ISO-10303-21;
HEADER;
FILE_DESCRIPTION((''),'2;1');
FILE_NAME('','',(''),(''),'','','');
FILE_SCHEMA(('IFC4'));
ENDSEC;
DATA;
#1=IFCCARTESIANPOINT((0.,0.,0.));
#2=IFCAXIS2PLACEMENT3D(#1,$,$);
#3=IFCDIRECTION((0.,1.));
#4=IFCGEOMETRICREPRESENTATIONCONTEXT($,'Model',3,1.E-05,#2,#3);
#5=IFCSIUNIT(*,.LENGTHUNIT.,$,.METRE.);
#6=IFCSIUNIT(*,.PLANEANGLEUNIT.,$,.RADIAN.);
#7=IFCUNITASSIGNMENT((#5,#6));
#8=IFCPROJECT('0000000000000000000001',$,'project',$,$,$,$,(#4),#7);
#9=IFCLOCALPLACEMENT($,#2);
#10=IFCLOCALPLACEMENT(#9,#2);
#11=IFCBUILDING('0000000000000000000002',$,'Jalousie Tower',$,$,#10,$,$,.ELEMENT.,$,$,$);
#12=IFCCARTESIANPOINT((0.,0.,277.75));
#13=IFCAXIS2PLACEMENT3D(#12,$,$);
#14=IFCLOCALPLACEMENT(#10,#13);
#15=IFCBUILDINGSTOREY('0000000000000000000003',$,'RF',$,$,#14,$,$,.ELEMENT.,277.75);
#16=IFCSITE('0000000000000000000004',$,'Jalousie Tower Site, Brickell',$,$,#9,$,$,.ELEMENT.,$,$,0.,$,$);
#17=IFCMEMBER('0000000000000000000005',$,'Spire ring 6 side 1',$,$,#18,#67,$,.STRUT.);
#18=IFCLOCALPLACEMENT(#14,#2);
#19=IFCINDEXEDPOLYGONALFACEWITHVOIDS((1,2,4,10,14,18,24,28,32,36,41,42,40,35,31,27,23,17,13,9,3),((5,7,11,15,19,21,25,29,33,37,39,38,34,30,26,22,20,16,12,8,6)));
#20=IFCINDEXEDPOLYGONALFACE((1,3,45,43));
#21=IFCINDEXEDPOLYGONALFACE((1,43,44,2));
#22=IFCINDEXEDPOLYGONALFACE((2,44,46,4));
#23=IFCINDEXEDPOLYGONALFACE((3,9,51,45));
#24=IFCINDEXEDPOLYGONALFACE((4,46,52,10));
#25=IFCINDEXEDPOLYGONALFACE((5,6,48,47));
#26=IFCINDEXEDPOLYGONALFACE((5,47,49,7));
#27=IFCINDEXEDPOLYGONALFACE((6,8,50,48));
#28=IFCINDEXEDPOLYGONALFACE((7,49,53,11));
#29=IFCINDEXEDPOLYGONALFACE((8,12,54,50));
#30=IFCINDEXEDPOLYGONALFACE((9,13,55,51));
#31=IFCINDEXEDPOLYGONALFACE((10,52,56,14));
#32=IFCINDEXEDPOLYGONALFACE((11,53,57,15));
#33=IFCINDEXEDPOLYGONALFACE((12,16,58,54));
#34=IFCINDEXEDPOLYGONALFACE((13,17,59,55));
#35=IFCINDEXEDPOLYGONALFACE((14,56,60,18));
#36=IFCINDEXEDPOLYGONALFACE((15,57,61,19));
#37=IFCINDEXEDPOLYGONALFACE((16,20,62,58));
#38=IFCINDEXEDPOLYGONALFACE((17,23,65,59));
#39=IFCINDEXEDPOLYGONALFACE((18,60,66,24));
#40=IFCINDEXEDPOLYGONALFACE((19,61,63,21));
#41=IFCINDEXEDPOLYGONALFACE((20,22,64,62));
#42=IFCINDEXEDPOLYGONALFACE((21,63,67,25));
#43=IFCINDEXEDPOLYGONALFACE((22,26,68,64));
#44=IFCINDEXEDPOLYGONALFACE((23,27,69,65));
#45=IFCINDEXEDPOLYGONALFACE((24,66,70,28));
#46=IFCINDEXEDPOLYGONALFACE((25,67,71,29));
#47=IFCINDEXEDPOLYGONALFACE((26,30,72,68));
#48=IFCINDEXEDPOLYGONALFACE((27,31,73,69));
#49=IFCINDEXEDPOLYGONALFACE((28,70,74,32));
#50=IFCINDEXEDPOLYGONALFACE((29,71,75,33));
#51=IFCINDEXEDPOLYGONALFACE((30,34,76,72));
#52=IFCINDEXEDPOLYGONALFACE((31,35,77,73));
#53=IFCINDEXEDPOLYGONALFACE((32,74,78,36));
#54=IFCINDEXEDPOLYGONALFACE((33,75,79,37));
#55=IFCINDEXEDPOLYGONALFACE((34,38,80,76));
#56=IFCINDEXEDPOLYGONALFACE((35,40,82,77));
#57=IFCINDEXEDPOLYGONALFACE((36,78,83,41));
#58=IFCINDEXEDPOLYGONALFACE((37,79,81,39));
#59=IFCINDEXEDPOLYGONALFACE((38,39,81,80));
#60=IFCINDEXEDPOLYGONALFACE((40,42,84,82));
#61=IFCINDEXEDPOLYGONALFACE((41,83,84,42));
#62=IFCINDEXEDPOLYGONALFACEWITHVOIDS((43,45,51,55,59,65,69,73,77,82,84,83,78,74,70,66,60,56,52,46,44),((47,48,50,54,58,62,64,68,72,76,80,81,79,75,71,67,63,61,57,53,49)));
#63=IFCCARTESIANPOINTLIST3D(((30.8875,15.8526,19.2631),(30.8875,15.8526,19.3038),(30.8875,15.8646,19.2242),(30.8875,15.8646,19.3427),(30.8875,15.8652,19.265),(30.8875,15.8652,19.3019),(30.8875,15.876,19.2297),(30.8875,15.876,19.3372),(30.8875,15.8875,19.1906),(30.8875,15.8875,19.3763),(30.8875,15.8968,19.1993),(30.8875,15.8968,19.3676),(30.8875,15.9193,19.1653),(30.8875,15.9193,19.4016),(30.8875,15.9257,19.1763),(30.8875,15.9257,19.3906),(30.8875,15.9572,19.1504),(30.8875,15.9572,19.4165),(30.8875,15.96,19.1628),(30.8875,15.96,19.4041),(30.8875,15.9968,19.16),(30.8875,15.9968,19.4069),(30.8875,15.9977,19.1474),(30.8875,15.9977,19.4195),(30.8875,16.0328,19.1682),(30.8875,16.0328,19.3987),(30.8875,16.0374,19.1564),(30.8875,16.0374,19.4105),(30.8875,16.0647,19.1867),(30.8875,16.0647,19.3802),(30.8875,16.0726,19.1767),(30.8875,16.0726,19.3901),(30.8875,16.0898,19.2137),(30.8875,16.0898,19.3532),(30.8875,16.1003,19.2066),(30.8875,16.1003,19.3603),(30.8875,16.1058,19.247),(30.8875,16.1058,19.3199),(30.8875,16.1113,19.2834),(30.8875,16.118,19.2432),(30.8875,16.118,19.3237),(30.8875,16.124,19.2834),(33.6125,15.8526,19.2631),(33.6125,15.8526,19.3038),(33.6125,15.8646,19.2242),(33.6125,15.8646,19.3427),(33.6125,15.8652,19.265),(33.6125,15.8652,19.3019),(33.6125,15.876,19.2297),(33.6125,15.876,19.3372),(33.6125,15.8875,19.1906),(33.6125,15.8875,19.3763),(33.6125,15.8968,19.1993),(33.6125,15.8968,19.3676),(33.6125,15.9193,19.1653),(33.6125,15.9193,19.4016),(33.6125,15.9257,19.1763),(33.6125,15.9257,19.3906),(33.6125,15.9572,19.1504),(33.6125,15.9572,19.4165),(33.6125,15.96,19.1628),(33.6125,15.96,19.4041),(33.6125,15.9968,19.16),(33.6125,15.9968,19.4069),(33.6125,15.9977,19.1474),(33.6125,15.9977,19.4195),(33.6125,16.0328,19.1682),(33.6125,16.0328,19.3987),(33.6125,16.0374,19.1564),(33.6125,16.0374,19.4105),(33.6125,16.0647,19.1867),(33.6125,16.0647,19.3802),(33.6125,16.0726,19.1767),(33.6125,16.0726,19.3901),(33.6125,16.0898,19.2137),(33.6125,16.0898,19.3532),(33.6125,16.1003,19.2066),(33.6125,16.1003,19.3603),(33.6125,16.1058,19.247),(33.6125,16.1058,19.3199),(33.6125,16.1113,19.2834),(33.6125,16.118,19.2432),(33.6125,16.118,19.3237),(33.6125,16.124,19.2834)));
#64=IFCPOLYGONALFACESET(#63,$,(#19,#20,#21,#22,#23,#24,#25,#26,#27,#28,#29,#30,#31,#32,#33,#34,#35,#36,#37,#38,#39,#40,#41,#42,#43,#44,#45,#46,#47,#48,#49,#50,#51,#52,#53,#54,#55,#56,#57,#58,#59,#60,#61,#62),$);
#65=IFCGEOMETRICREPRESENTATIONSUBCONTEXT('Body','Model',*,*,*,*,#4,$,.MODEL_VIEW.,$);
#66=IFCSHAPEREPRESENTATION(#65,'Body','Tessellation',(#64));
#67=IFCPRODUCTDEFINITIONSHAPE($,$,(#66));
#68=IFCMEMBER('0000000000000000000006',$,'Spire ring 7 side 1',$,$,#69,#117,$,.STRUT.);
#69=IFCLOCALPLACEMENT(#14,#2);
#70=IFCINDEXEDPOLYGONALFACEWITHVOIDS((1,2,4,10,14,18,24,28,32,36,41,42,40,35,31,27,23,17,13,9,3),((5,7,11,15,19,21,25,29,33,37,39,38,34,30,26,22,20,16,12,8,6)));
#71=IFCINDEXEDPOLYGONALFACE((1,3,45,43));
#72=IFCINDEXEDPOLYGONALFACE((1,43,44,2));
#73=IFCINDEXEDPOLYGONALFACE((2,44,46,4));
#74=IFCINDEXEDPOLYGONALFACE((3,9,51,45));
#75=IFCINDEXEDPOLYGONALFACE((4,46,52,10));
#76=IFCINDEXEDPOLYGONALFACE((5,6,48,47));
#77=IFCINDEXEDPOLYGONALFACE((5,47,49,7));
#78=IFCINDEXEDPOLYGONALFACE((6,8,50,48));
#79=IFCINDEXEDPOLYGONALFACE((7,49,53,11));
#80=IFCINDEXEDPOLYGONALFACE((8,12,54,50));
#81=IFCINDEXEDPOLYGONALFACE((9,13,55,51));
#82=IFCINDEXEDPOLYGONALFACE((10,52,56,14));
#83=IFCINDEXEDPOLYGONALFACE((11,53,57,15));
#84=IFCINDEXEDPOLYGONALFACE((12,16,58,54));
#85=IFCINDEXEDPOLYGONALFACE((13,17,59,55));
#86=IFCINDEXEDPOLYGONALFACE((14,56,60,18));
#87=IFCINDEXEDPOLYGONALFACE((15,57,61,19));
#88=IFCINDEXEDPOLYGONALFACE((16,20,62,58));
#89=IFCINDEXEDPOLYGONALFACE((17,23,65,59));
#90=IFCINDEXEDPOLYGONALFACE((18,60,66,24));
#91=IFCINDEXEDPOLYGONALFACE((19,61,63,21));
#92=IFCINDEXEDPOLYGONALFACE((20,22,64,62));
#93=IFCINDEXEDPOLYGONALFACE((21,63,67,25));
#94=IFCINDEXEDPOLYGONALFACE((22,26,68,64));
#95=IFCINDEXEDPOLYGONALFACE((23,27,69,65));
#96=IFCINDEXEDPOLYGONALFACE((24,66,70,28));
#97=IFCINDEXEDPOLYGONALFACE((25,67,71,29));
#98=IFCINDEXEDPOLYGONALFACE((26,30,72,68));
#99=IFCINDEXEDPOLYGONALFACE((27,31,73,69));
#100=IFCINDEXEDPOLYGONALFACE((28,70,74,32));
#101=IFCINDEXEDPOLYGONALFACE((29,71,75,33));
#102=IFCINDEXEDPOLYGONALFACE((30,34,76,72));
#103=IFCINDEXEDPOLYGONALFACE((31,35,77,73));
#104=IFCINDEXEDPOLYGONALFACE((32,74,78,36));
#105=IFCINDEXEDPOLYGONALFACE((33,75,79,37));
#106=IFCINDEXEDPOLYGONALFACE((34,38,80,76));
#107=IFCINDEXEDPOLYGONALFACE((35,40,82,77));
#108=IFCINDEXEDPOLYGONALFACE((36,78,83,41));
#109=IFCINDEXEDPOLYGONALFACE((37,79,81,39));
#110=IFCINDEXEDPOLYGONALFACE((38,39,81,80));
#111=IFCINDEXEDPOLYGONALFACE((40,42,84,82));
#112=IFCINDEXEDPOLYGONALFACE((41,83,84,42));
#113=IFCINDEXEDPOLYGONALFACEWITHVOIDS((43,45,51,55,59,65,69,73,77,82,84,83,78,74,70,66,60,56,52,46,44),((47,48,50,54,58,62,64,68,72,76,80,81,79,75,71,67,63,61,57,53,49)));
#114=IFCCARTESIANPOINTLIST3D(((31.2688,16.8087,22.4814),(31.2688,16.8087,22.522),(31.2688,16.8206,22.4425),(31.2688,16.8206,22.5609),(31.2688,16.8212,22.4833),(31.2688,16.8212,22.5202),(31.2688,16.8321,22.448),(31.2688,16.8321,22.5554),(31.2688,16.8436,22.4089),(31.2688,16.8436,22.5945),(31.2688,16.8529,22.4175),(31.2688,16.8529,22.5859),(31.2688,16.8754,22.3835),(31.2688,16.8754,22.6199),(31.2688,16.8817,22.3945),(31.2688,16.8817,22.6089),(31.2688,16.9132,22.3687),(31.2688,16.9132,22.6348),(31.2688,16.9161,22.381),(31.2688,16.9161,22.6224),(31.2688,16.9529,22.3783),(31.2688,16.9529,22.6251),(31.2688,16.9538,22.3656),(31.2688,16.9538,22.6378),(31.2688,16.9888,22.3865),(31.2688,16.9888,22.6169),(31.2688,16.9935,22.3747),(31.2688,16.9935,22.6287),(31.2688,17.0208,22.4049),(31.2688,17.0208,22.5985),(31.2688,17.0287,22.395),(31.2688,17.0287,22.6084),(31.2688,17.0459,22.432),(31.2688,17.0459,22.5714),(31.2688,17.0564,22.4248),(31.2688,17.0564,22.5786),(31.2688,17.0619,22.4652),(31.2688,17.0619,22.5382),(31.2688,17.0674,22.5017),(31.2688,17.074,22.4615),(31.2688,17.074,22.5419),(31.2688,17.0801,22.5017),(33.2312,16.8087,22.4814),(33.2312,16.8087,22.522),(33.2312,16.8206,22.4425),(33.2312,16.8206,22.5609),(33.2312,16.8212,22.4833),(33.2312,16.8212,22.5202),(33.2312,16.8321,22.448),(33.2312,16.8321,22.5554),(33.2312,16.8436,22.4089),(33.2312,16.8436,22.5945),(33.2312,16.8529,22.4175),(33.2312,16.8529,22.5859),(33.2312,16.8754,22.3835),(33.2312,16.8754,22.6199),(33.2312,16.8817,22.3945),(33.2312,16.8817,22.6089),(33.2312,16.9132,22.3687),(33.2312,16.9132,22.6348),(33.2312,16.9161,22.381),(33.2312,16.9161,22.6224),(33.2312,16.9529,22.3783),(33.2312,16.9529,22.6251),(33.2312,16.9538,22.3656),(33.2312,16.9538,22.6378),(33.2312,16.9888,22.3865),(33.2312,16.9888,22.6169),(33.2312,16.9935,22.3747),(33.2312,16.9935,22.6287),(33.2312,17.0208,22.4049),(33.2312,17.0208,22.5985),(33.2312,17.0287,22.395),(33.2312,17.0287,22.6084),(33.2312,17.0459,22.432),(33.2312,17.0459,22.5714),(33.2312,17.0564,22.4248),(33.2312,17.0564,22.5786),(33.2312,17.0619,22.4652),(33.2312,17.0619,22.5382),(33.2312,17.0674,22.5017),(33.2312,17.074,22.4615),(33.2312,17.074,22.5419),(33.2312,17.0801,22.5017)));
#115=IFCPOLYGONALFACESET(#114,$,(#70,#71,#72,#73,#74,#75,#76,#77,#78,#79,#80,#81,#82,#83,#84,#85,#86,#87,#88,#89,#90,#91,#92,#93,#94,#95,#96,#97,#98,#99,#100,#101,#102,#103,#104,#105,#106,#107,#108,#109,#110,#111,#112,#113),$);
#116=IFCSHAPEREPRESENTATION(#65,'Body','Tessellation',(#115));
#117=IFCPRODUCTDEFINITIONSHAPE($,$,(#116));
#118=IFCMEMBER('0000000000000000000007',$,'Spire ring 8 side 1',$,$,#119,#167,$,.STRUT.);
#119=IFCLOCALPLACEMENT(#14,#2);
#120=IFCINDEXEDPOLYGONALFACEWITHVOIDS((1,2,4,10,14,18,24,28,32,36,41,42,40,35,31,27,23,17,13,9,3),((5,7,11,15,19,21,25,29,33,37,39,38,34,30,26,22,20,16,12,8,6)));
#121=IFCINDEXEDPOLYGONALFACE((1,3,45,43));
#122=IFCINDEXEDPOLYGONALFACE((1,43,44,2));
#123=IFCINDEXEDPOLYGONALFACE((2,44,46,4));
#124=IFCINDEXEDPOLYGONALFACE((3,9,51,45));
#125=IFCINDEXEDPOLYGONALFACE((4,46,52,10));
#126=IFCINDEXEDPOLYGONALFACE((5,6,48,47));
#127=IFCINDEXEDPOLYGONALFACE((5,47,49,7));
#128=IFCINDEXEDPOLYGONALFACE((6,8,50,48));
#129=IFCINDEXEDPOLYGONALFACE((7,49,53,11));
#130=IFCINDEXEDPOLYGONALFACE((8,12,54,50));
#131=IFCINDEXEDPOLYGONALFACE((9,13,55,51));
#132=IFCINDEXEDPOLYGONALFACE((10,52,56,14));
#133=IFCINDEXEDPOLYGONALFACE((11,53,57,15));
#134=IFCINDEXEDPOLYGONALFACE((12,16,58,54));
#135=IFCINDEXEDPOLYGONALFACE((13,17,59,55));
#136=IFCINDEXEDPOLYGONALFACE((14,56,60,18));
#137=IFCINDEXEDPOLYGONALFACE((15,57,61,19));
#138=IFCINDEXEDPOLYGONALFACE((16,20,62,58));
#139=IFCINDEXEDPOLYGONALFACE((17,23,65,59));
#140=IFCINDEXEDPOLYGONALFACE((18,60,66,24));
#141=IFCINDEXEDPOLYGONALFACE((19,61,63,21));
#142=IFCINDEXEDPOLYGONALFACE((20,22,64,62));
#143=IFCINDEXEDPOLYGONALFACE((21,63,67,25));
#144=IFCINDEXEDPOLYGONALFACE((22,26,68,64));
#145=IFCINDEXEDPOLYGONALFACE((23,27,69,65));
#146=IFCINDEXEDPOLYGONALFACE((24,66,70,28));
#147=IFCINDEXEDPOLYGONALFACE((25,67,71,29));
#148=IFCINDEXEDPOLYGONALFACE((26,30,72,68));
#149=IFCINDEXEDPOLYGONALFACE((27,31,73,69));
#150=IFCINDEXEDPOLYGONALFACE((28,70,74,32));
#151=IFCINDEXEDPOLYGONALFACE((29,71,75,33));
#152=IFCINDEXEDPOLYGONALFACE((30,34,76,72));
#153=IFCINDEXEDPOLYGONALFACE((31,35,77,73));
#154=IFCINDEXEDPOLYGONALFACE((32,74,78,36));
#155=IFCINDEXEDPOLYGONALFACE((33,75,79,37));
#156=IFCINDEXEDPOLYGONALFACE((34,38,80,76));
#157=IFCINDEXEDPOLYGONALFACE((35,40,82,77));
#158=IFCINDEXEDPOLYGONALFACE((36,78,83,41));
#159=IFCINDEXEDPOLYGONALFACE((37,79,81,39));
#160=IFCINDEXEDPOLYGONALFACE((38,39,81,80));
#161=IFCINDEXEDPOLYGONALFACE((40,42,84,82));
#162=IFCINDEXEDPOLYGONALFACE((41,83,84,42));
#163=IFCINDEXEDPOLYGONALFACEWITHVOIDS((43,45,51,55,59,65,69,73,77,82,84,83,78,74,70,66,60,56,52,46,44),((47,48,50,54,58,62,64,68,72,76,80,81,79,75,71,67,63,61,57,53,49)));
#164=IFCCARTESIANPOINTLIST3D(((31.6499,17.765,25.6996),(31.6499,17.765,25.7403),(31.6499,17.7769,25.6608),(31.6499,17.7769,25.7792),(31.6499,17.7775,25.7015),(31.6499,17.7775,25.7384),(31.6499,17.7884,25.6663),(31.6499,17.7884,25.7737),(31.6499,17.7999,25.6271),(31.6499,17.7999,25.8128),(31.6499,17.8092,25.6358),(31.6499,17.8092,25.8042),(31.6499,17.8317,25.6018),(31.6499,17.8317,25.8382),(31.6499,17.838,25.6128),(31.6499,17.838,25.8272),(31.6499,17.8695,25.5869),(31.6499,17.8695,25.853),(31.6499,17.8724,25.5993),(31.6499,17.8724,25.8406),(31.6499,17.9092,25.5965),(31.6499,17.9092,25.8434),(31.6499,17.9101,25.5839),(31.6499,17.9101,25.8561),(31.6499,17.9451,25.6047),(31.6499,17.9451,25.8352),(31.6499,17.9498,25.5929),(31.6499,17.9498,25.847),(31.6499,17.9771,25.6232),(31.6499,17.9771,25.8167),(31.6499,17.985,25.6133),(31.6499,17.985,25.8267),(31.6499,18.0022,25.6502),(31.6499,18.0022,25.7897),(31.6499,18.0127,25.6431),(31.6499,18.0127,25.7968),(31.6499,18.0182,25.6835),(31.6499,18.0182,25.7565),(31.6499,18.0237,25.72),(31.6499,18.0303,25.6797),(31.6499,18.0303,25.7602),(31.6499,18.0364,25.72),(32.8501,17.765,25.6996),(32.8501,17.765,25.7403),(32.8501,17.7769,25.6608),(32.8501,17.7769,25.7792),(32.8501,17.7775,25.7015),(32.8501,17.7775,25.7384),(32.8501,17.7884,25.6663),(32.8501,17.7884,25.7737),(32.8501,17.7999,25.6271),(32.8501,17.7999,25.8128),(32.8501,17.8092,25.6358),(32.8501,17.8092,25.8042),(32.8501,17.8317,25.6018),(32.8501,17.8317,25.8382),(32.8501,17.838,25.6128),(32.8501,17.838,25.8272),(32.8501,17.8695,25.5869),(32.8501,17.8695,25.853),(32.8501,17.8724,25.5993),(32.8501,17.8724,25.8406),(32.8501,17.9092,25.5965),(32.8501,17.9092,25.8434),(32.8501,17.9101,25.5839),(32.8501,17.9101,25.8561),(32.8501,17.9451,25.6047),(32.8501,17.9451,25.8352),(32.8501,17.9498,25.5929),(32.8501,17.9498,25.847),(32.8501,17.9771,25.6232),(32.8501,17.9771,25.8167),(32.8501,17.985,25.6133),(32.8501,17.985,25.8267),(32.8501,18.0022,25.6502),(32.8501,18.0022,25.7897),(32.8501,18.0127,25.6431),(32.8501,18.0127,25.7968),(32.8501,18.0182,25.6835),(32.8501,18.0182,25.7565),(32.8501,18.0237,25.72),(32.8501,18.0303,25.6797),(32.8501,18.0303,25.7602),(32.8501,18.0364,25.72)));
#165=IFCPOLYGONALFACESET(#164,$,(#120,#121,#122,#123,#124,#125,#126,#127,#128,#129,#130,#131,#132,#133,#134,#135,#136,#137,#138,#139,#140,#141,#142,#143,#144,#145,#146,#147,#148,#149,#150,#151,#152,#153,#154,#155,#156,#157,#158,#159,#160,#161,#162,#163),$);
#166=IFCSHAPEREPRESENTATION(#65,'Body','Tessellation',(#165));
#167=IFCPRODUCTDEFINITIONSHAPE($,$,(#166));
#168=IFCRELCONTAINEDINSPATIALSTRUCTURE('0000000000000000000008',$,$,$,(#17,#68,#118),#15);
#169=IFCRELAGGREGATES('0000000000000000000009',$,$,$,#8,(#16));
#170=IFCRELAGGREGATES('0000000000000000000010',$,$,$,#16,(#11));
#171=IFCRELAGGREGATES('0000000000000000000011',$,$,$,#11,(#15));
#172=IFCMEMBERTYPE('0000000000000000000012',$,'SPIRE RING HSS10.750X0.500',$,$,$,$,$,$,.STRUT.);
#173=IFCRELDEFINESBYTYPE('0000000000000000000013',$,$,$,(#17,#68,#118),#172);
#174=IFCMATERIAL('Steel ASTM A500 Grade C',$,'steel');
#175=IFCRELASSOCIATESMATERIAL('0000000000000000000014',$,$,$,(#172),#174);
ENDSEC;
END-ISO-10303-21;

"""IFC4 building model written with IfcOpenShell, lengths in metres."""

from ifc_helpers import new_model, si_unit, direction, frame, origin, origin_2d, place, context, subcontext, project, spatial, hollow_circle, extrude, material, material_profile, profile_set, type_object, element, save


model = new_model("IFC4")

# Units and contexts
model_context = context("Model", 3, precision=1e-05, world=origin(), true_north=direction((0.0, 1.0)))
body_context = subcontext(model_context, "Body", "Model", "MODEL_VIEW")
ifc_project = project(units=[si_unit("LENGTHUNIT", "METRE"), si_unit("PLANEANGLEUNIT", "RADIAN")], contexts=[model_context])

# Site, building, storey
site_placement = place(None, origin())
site = spatial("IfcSite", under=ifc_project, at=site_placement, Name="Jalousie Tower Site, Brickell", CompositionType="ELEMENT", RefElevation=0.0)
building_placement = place(site_placement, origin())
building = spatial("IfcBuilding", under=site, at=building_placement, Name="Jalousie Tower", CompositionType="ELEMENT")
storey_placement = place(building_placement, frame((0.0, 0.0, 277.75)))
storey = spatial("IfcBuildingStorey", under=building, at=storey_placement, Name="RF", CompositionType="ELEMENT", Elevation=277.75)

# Members
ifc_material_1 = material(Name="Steel ASTM A500 Grade C", Category="steel")
ifc_material_profile_1 = material_profile(ifc_material_1, hollow_circle(Radius=0.1365, WallThickness=0.0127, at=origin_2d()), Name="HSS10.750X0.500")
ifc_profile_set_1 = profile_set([ifc_material_profile_1], Name="Steel ASTM A500 Grade C")
member_type_1 = type_object("IfcMemberType", Name="SPIRE RING HSS10.750X0.500", PredefinedType="STRUT", material=ifc_profile_set_1)
member_1_placement = place(storey_placement, frame((30.8875, 15.9875, 19.2834), z_axis=(1.0, 0.0, 0.0), x_axis=(0.0, 1.0, 0.0)))
element("IfcMember", 1, at=member_1_placement, inside=storey, type_object=member_type_1, Name="Spire ring 6 side 1", PredefinedType="STRUT", context=body_context, shape_type="SweptSolid", body=[
    extrude(hollow_circle(Radius=0.1365, WallThickness=0.0127, at=origin_2d()), origin(), (0.0, 0.0, 1.0), 2.7251),
])
member_2_placement = place(storey_placement, frame((31.2688, 16.9436, 22.5017), z_axis=(1.0, 0.0, 0.0), x_axis=(0.0, 1.0, 0.0)))
element("IfcMember", 2, at=member_2_placement, inside=storey, type_object=member_type_1, Name="Spire ring 7 side 1", PredefinedType="STRUT", context=body_context, shape_type="SweptSolid", body=[
    extrude(hollow_circle(Radius=0.1365, WallThickness=0.0127, at=origin_2d()), origin(), (0.0, 0.0, 1.0), 1.9624),
])
member_3_placement = place(storey_placement, frame((31.6499, 17.8999, 25.72), z_axis=(1.0, 0.0, 0.0), x_axis=(0.0, 1.0, 0.0)))
element("IfcMember", 3, at=member_3_placement, inside=storey, type_object=member_type_1, Name="Spire ring 8 side 1", PredefinedType="STRUT", context=body_context, shape_type="SweptSolid", body=[
    extrude(hollow_circle(Radius=0.1365, WallThickness=0.0127, at=origin_2d()), origin(), (0.0, 0.0, 1.0), 1.2002),
])

save(model, "model.ifc")
